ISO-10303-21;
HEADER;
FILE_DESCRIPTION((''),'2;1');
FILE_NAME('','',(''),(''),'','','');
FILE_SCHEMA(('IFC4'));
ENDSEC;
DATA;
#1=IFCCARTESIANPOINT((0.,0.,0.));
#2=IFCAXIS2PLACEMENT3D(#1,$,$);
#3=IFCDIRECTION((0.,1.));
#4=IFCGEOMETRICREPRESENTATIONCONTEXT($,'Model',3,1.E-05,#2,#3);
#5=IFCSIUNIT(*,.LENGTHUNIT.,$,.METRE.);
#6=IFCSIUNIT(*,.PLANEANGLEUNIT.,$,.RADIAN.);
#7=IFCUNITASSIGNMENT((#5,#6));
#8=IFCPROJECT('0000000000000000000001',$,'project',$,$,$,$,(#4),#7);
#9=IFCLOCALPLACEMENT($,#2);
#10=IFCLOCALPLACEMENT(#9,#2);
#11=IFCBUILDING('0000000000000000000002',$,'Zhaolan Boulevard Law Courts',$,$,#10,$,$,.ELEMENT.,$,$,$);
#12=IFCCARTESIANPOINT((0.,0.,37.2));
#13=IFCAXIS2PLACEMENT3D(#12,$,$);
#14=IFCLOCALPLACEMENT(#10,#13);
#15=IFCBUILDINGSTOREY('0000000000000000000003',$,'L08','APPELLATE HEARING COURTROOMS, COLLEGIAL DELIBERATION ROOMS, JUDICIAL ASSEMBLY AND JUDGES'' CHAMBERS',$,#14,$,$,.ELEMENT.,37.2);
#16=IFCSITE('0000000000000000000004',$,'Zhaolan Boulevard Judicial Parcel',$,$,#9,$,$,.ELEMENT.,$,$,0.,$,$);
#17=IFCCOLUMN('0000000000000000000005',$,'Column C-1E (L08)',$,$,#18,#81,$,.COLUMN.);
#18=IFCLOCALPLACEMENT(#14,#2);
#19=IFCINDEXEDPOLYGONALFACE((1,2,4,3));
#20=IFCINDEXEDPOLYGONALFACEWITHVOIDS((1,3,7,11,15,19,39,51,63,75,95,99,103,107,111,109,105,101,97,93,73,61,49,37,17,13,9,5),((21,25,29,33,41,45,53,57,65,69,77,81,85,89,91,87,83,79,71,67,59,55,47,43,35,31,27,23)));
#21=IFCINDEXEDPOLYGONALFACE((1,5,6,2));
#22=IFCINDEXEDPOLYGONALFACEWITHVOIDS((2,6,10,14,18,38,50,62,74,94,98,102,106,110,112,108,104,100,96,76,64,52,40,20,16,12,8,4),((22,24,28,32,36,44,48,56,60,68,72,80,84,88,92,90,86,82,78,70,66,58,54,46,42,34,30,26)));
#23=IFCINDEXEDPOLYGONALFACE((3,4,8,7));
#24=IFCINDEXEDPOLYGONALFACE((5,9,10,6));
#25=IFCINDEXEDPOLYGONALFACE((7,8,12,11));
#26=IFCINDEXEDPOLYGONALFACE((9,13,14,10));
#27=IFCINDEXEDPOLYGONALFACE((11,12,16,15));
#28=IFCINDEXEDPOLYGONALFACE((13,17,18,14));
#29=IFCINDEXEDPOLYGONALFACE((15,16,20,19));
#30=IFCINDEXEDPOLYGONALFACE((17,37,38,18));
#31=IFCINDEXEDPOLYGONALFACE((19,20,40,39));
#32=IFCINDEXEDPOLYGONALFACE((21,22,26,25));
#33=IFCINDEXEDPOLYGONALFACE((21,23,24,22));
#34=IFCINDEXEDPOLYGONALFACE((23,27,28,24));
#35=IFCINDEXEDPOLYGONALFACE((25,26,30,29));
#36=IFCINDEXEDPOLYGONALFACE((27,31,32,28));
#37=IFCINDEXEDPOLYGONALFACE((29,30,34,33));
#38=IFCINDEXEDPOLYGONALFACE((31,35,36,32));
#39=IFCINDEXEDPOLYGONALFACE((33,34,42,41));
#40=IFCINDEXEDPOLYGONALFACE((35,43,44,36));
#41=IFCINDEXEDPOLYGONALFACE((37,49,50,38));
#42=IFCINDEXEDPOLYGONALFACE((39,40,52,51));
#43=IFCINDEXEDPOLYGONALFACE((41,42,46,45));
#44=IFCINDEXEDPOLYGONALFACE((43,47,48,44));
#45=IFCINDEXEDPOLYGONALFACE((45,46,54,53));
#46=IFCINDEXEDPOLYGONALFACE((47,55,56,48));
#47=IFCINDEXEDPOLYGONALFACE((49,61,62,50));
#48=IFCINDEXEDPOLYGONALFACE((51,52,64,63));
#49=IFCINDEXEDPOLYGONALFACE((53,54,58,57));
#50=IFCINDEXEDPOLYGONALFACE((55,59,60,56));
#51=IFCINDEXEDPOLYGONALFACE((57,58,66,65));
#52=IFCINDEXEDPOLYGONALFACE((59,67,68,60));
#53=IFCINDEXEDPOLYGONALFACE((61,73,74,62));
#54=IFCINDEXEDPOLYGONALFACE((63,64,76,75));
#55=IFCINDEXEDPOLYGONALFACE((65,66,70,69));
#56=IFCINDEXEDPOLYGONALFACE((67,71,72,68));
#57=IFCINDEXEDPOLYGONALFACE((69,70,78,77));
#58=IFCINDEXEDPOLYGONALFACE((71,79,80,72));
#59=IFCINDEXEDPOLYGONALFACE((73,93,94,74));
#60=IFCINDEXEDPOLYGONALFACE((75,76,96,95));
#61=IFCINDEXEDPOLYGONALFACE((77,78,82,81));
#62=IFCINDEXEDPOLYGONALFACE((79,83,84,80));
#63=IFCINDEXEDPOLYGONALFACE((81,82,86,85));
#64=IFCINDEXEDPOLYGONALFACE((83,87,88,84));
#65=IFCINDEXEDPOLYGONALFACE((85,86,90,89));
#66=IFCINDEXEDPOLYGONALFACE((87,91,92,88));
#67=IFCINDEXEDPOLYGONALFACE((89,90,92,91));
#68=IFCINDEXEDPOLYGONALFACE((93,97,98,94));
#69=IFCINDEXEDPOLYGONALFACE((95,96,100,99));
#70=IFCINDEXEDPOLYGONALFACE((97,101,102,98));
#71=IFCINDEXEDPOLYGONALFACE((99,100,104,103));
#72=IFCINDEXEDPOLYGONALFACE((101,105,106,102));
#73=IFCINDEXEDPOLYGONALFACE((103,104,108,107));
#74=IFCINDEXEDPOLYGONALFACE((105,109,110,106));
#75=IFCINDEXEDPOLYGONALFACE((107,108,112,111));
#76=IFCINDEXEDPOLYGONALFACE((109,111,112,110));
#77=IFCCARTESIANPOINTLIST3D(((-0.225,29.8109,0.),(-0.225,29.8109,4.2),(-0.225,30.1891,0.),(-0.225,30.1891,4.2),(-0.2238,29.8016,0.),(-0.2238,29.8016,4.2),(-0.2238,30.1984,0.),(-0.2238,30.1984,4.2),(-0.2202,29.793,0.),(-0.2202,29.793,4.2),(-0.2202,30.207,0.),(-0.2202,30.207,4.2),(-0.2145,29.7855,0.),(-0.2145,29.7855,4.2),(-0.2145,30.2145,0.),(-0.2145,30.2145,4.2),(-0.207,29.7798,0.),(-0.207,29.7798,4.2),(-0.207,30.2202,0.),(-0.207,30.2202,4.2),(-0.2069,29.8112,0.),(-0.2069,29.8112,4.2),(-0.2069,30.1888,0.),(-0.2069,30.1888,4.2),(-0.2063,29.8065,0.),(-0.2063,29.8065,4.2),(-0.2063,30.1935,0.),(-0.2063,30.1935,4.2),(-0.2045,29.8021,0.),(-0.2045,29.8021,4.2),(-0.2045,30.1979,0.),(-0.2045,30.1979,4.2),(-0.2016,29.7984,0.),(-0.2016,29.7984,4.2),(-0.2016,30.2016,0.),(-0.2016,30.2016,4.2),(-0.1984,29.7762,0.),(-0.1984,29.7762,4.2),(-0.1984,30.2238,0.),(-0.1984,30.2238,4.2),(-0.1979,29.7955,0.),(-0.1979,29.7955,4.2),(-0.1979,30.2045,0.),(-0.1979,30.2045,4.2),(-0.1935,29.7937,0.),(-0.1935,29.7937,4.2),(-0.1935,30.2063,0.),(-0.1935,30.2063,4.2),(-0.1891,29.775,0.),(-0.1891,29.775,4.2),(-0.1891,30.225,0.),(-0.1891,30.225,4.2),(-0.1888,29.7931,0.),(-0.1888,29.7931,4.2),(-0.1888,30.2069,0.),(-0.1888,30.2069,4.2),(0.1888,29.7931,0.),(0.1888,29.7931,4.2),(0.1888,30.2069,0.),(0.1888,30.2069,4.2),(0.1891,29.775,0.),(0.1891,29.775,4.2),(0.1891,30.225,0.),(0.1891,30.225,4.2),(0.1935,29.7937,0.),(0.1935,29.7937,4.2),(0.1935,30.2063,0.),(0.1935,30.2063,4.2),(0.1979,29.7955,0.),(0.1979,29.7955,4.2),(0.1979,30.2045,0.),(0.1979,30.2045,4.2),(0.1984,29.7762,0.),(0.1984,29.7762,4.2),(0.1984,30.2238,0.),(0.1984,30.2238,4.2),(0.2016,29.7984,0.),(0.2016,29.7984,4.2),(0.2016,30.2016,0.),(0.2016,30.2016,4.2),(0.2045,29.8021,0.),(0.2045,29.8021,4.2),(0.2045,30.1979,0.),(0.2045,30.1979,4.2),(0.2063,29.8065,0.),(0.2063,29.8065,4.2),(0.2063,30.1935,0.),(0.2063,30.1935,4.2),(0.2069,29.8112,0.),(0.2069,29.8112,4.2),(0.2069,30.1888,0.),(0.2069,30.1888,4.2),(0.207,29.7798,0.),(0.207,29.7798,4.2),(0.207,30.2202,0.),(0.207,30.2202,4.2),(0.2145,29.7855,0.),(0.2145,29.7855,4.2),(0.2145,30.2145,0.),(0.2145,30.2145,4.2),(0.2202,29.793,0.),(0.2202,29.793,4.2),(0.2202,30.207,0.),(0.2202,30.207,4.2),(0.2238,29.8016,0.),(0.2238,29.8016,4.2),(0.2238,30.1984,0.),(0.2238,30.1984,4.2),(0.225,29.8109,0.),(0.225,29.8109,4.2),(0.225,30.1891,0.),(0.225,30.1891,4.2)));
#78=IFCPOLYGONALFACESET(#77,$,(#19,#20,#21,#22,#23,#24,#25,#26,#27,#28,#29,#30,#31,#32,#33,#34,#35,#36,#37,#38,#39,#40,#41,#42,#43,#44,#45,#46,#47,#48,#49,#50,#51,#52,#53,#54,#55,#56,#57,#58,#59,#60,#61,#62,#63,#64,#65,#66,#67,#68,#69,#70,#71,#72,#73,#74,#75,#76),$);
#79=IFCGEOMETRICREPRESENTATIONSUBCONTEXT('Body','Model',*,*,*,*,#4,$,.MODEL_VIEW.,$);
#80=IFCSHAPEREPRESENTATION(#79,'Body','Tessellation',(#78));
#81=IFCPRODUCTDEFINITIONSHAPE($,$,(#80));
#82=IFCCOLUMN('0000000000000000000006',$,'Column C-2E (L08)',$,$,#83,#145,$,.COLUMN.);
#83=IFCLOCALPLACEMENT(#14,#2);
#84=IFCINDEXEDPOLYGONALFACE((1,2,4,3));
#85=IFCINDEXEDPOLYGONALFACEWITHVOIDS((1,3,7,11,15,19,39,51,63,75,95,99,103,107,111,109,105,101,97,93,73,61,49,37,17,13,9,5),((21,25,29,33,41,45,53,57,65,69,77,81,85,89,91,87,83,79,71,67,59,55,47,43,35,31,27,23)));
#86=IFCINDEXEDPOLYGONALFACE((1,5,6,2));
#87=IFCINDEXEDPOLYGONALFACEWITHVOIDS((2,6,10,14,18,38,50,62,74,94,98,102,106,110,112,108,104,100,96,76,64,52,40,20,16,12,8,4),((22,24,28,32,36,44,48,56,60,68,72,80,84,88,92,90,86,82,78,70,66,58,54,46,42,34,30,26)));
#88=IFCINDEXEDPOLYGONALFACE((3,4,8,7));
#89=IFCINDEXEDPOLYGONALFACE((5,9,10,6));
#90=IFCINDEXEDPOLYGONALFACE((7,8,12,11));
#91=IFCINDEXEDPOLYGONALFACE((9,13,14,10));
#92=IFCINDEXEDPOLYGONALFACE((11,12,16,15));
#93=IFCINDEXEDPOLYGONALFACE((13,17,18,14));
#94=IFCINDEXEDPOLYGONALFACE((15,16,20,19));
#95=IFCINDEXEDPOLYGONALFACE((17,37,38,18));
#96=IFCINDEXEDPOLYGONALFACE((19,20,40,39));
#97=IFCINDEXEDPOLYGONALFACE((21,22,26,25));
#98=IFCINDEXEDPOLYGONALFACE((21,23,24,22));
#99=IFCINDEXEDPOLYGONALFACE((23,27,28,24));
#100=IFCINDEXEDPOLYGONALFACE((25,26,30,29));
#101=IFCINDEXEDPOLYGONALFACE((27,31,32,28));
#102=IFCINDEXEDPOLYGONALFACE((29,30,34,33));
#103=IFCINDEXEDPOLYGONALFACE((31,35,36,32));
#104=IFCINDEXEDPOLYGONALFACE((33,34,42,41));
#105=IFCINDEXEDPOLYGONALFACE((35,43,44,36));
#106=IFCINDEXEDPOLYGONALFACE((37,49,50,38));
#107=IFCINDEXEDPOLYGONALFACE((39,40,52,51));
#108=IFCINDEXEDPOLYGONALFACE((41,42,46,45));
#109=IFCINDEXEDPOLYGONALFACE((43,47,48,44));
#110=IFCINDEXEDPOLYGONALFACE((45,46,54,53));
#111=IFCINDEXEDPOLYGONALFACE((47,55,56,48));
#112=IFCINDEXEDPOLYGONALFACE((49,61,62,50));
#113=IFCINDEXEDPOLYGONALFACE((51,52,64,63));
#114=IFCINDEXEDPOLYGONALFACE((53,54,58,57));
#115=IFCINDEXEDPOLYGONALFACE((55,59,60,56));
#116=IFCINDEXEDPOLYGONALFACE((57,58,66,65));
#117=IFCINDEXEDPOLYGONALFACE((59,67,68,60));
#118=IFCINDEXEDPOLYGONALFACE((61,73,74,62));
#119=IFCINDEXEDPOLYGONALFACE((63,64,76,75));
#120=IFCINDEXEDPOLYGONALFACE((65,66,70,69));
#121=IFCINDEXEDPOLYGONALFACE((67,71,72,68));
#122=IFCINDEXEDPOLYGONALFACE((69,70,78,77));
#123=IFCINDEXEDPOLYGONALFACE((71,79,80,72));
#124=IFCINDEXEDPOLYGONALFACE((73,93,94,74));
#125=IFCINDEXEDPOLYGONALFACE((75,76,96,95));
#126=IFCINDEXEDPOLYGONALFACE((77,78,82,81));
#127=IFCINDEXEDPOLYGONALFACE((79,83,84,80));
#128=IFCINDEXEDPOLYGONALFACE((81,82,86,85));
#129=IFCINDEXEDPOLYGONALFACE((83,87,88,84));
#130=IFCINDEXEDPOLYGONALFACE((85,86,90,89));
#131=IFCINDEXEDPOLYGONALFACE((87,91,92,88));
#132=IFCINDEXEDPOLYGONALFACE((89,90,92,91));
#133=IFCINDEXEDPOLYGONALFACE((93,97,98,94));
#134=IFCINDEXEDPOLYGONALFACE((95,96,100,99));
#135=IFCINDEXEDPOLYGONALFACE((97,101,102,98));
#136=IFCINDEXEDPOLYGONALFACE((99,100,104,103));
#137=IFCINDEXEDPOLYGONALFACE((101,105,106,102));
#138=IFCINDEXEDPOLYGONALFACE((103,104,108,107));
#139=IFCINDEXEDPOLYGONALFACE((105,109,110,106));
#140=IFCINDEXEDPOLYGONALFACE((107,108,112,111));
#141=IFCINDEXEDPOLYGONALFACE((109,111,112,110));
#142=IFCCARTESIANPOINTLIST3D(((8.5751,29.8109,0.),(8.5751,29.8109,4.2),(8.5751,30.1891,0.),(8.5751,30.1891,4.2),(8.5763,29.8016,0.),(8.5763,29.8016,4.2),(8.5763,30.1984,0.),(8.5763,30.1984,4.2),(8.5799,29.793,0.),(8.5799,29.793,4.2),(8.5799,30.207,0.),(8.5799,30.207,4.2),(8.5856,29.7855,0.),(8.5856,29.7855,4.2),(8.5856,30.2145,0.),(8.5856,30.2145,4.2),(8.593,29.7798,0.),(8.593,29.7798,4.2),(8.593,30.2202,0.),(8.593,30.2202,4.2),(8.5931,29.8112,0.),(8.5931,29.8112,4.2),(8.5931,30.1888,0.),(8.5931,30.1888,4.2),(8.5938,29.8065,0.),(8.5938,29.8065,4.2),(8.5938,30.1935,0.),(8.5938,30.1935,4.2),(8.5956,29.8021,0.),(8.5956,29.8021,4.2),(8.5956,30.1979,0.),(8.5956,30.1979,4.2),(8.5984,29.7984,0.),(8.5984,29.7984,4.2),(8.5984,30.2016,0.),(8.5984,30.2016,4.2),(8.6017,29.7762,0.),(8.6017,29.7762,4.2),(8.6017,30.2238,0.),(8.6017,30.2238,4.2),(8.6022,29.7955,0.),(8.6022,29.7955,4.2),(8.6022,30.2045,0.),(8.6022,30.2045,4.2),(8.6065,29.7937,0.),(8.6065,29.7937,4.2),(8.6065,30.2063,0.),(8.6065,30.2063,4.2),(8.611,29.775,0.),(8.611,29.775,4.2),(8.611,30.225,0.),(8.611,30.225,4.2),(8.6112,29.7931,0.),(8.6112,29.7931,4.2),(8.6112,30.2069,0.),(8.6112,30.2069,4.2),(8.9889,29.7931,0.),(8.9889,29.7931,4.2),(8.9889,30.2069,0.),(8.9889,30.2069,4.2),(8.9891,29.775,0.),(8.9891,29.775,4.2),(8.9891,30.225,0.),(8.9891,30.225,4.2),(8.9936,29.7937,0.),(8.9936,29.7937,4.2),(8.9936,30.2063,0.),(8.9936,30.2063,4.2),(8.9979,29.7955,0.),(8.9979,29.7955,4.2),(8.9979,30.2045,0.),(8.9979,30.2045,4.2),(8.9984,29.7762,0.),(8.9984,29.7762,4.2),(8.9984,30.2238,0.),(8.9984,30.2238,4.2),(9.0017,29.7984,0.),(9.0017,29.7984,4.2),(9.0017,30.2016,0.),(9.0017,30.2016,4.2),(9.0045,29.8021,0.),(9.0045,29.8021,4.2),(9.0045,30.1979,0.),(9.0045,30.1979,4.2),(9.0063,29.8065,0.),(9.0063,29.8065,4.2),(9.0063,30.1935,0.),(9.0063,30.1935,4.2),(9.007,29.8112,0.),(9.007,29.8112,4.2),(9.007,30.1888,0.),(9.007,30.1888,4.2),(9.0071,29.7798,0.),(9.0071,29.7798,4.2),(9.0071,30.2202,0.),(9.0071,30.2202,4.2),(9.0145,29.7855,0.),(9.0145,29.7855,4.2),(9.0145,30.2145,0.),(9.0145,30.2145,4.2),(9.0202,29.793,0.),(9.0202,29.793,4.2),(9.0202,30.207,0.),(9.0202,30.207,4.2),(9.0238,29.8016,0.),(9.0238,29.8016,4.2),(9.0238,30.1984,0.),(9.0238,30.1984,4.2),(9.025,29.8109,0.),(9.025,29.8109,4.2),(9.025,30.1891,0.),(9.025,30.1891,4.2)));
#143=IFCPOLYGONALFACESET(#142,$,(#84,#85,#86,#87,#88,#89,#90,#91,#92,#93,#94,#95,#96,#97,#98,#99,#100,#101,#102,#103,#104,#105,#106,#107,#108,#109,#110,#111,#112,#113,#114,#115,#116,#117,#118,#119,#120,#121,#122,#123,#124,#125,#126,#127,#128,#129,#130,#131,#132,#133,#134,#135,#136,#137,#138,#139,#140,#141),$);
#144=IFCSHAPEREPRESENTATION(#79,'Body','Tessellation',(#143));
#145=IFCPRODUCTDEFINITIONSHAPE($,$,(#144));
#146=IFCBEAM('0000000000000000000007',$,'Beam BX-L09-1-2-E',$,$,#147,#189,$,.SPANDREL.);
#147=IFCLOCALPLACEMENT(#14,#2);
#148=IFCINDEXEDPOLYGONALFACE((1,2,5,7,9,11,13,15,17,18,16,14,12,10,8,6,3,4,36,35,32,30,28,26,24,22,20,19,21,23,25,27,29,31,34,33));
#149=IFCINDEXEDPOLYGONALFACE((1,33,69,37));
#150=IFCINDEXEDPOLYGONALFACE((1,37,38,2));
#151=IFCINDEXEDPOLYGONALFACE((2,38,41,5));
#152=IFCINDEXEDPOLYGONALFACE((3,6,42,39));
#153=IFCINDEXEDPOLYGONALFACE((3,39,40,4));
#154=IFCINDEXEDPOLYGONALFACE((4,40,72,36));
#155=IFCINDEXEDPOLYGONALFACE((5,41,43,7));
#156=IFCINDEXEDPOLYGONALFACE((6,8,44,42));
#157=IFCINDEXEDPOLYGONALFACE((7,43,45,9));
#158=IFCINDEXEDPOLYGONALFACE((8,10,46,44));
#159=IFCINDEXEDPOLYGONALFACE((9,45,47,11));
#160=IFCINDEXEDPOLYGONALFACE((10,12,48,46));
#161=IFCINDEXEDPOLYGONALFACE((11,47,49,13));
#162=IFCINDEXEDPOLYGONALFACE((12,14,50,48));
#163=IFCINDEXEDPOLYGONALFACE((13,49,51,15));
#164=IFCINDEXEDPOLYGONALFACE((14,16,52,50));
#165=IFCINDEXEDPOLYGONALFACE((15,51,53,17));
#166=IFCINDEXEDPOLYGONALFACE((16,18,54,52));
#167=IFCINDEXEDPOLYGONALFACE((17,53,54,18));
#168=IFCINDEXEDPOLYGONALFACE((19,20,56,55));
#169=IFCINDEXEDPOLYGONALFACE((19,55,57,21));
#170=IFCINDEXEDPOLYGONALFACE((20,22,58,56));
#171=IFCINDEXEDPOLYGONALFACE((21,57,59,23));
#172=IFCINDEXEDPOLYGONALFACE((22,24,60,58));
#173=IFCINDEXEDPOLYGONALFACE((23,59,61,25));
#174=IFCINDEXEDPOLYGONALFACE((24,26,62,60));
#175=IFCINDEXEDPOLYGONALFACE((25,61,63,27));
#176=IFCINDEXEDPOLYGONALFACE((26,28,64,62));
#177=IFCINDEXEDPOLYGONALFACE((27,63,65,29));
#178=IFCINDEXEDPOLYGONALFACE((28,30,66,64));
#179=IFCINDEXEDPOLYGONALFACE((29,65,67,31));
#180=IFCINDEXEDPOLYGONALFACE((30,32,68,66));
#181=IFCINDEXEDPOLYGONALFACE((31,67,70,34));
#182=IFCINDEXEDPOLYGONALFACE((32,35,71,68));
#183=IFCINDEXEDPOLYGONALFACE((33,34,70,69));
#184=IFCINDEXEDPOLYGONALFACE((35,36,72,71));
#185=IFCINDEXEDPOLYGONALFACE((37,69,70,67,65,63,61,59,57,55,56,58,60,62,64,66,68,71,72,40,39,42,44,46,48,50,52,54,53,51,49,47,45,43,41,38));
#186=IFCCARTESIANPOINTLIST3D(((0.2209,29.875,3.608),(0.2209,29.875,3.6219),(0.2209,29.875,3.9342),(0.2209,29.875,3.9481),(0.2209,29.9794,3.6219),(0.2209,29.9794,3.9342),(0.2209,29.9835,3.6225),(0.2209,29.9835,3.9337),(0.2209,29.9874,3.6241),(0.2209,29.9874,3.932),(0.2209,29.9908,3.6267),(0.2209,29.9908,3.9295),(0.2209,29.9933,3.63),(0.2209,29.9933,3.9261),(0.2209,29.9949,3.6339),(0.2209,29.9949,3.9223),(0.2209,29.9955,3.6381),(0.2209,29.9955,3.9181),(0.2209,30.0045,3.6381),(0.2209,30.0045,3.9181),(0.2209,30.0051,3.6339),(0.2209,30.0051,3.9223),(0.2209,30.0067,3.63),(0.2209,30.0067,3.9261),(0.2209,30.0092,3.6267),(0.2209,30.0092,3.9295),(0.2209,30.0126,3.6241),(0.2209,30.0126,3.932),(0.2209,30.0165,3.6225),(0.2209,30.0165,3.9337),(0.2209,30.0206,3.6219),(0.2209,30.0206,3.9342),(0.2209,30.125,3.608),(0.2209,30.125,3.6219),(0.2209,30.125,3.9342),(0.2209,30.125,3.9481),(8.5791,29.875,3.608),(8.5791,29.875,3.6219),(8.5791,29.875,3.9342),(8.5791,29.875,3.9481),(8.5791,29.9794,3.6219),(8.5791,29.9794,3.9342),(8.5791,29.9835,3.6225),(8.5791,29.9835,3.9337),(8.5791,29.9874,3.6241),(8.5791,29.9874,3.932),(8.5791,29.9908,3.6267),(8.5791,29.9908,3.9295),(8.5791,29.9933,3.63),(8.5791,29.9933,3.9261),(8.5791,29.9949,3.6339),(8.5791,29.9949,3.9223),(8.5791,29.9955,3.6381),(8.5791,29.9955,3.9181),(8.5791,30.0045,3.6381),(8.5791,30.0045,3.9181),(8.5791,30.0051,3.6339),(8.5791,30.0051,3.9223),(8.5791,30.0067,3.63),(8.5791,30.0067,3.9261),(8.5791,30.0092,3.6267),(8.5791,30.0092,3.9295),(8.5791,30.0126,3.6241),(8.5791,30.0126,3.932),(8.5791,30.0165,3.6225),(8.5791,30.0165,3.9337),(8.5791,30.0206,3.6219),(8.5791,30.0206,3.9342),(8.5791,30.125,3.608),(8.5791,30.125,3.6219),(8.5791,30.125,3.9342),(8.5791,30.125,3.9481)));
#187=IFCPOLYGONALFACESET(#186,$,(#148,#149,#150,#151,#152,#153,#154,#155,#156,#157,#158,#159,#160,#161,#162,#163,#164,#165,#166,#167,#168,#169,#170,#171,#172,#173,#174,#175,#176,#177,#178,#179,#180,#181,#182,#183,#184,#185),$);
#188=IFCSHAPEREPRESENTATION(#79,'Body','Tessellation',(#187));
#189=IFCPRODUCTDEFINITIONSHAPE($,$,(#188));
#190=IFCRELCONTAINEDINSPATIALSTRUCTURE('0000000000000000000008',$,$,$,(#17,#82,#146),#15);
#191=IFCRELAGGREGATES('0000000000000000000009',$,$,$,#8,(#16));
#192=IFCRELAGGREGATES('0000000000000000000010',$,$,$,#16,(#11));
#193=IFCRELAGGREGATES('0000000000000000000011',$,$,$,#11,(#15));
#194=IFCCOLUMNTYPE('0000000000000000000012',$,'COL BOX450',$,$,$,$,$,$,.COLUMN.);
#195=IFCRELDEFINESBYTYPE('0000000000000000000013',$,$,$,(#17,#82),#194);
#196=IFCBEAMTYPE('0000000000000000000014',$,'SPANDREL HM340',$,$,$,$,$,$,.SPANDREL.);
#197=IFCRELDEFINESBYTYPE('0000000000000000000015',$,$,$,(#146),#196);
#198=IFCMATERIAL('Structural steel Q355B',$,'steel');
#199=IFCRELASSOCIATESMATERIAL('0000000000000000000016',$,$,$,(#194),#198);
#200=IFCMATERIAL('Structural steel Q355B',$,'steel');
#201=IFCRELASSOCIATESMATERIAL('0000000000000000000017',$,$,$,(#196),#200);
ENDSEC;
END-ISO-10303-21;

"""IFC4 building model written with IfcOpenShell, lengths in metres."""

from ifc_helpers import new_model, si_unit, direction, frame, origin, origin_2d, place, context, subcontext, project, spatial, hollow_rectangle, i_section, extrude, material, material_profile, profile_set, type_object, element, save


model = new_model("IFC4")

# Units and contexts
model_context = context("Model", 3, precision=1e-05, world=origin(), true_north=direction((0.0, 1.0)))
body_context = subcontext(model_context, "Body", "Model", "MODEL_VIEW")
ifc_project = project(units=[si_unit("LENGTHUNIT", "METRE"), si_unit("PLANEANGLEUNIT", "RADIAN")], contexts=[model_context])

# Site, building, storey
site_placement = place(None, origin())
site = spatial("IfcSite", under=ifc_project, at=site_placement, Name="Zhaolan Boulevard Judicial Parcel", CompositionType="ELEMENT", RefElevation=0.0)
building_placement = place(site_placement, origin())
building = spatial("IfcBuilding", under=site, at=building_placement, Name="Zhaolan Boulevard Law Courts", CompositionType="ELEMENT")
storey_placement = place(building_placement, frame((0.0, 0.0, 37.2)))
storey = spatial("IfcBuildingStorey", under=building, at=storey_placement, Name="L08", Description="APPELLATE HEARING COURTROOMS, COLLEGIAL DELIBERATION ROOMS, JUDICIAL ASSEMBLY AND JUDGES' CHAMBERS", CompositionType="ELEMENT", Elevation=37.2)

# Columns
ifc_material_1 = material(Name="Structural steel Q355B", Category="steel")
ifc_material_profile_1 = material_profile(ifc_material_1, hollow_rectangle(XDim=0.45, YDim=0.45, WallThickness=0.0181, InnerFilletRadius=0.0181, OuterFilletRadius=0.0359, at=origin_2d()), Name="BOX450x450x18")
ifc_profile_set_1 = profile_set([ifc_material_profile_1], Name="Structural steel Q355B")
column_type = type_object("IfcColumnType", Name="COL BOX450", PredefinedType="COLUMN", material=ifc_profile_set_1)
for number, where, z_axis, x_axis, name in (
    (1, (0.0, 30.0, 0.0), (0.0, 0.0, 1.0), (1.0, 0.0, 0.0), "Column C-1E (L08)"),
    (2, (8.8, 30.0, 0.0), (0.0, 0.0, 1.0), (1.0, 0.0, 0.0), "Column C-2E (L08)"),
):
    element("IfcColumn", number, at=place(storey_placement, frame(where, z_axis=z_axis, x_axis=x_axis)), inside=storey, type_object=column_type, Name=name, PredefinedType="COLUMN", context=body_context, shape_type="SweptSolid", body=[
        extrude(hollow_rectangle(XDim=0.45, YDim=0.45, WallThickness=0.0181, InnerFilletRadius=0.0181, OuterFilletRadius=0.0359, at=origin_2d()), origin(), (0.0, 0.0, 1.0), 4.2),
    ])

# Beam
ifc_material_2 = material(Name="Structural steel Q355B", Category="steel")
ifc_material_profile_2 = material_profile(ifc_material_2, i_section(OverallWidth=0.25, OverallDepth=0.3401, WebThickness=0.009, FlangeThickness=0.0139, FilletRadius=0.0161, at=origin_2d()), Name="HM340x250")
ifc_profile_set_2 = profile_set([ifc_material_profile_2], Name="Structural steel Q355B")
beam_type = type_object("IfcBeamType", Name="SPANDREL HM340", PredefinedType="SPANDREL", material=ifc_profile_set_2)
beam_1_placement = place(storey_placement, frame((0.2209, 30.0, 3.7781), z_axis=(1.0, 0.0, 0.0), x_axis=(0.0, 1.0, 0.0)))
element("IfcBeam", 3, at=beam_1_placement, inside=storey, type_object=beam_type, Name="Beam BX-L09-1-2-E", PredefinedType="SPANDREL", context=body_context, shape_type="SweptSolid", body=[
    extrude(i_section(OverallWidth=0.25, OverallDepth=0.3401, WebThickness=0.009, FlangeThickness=0.0139, FilletRadius=0.0161, at=origin_2d()), origin(), (0.0, 0.0, 1.0), 8.3582),
])

save(model, "model.ifc")
